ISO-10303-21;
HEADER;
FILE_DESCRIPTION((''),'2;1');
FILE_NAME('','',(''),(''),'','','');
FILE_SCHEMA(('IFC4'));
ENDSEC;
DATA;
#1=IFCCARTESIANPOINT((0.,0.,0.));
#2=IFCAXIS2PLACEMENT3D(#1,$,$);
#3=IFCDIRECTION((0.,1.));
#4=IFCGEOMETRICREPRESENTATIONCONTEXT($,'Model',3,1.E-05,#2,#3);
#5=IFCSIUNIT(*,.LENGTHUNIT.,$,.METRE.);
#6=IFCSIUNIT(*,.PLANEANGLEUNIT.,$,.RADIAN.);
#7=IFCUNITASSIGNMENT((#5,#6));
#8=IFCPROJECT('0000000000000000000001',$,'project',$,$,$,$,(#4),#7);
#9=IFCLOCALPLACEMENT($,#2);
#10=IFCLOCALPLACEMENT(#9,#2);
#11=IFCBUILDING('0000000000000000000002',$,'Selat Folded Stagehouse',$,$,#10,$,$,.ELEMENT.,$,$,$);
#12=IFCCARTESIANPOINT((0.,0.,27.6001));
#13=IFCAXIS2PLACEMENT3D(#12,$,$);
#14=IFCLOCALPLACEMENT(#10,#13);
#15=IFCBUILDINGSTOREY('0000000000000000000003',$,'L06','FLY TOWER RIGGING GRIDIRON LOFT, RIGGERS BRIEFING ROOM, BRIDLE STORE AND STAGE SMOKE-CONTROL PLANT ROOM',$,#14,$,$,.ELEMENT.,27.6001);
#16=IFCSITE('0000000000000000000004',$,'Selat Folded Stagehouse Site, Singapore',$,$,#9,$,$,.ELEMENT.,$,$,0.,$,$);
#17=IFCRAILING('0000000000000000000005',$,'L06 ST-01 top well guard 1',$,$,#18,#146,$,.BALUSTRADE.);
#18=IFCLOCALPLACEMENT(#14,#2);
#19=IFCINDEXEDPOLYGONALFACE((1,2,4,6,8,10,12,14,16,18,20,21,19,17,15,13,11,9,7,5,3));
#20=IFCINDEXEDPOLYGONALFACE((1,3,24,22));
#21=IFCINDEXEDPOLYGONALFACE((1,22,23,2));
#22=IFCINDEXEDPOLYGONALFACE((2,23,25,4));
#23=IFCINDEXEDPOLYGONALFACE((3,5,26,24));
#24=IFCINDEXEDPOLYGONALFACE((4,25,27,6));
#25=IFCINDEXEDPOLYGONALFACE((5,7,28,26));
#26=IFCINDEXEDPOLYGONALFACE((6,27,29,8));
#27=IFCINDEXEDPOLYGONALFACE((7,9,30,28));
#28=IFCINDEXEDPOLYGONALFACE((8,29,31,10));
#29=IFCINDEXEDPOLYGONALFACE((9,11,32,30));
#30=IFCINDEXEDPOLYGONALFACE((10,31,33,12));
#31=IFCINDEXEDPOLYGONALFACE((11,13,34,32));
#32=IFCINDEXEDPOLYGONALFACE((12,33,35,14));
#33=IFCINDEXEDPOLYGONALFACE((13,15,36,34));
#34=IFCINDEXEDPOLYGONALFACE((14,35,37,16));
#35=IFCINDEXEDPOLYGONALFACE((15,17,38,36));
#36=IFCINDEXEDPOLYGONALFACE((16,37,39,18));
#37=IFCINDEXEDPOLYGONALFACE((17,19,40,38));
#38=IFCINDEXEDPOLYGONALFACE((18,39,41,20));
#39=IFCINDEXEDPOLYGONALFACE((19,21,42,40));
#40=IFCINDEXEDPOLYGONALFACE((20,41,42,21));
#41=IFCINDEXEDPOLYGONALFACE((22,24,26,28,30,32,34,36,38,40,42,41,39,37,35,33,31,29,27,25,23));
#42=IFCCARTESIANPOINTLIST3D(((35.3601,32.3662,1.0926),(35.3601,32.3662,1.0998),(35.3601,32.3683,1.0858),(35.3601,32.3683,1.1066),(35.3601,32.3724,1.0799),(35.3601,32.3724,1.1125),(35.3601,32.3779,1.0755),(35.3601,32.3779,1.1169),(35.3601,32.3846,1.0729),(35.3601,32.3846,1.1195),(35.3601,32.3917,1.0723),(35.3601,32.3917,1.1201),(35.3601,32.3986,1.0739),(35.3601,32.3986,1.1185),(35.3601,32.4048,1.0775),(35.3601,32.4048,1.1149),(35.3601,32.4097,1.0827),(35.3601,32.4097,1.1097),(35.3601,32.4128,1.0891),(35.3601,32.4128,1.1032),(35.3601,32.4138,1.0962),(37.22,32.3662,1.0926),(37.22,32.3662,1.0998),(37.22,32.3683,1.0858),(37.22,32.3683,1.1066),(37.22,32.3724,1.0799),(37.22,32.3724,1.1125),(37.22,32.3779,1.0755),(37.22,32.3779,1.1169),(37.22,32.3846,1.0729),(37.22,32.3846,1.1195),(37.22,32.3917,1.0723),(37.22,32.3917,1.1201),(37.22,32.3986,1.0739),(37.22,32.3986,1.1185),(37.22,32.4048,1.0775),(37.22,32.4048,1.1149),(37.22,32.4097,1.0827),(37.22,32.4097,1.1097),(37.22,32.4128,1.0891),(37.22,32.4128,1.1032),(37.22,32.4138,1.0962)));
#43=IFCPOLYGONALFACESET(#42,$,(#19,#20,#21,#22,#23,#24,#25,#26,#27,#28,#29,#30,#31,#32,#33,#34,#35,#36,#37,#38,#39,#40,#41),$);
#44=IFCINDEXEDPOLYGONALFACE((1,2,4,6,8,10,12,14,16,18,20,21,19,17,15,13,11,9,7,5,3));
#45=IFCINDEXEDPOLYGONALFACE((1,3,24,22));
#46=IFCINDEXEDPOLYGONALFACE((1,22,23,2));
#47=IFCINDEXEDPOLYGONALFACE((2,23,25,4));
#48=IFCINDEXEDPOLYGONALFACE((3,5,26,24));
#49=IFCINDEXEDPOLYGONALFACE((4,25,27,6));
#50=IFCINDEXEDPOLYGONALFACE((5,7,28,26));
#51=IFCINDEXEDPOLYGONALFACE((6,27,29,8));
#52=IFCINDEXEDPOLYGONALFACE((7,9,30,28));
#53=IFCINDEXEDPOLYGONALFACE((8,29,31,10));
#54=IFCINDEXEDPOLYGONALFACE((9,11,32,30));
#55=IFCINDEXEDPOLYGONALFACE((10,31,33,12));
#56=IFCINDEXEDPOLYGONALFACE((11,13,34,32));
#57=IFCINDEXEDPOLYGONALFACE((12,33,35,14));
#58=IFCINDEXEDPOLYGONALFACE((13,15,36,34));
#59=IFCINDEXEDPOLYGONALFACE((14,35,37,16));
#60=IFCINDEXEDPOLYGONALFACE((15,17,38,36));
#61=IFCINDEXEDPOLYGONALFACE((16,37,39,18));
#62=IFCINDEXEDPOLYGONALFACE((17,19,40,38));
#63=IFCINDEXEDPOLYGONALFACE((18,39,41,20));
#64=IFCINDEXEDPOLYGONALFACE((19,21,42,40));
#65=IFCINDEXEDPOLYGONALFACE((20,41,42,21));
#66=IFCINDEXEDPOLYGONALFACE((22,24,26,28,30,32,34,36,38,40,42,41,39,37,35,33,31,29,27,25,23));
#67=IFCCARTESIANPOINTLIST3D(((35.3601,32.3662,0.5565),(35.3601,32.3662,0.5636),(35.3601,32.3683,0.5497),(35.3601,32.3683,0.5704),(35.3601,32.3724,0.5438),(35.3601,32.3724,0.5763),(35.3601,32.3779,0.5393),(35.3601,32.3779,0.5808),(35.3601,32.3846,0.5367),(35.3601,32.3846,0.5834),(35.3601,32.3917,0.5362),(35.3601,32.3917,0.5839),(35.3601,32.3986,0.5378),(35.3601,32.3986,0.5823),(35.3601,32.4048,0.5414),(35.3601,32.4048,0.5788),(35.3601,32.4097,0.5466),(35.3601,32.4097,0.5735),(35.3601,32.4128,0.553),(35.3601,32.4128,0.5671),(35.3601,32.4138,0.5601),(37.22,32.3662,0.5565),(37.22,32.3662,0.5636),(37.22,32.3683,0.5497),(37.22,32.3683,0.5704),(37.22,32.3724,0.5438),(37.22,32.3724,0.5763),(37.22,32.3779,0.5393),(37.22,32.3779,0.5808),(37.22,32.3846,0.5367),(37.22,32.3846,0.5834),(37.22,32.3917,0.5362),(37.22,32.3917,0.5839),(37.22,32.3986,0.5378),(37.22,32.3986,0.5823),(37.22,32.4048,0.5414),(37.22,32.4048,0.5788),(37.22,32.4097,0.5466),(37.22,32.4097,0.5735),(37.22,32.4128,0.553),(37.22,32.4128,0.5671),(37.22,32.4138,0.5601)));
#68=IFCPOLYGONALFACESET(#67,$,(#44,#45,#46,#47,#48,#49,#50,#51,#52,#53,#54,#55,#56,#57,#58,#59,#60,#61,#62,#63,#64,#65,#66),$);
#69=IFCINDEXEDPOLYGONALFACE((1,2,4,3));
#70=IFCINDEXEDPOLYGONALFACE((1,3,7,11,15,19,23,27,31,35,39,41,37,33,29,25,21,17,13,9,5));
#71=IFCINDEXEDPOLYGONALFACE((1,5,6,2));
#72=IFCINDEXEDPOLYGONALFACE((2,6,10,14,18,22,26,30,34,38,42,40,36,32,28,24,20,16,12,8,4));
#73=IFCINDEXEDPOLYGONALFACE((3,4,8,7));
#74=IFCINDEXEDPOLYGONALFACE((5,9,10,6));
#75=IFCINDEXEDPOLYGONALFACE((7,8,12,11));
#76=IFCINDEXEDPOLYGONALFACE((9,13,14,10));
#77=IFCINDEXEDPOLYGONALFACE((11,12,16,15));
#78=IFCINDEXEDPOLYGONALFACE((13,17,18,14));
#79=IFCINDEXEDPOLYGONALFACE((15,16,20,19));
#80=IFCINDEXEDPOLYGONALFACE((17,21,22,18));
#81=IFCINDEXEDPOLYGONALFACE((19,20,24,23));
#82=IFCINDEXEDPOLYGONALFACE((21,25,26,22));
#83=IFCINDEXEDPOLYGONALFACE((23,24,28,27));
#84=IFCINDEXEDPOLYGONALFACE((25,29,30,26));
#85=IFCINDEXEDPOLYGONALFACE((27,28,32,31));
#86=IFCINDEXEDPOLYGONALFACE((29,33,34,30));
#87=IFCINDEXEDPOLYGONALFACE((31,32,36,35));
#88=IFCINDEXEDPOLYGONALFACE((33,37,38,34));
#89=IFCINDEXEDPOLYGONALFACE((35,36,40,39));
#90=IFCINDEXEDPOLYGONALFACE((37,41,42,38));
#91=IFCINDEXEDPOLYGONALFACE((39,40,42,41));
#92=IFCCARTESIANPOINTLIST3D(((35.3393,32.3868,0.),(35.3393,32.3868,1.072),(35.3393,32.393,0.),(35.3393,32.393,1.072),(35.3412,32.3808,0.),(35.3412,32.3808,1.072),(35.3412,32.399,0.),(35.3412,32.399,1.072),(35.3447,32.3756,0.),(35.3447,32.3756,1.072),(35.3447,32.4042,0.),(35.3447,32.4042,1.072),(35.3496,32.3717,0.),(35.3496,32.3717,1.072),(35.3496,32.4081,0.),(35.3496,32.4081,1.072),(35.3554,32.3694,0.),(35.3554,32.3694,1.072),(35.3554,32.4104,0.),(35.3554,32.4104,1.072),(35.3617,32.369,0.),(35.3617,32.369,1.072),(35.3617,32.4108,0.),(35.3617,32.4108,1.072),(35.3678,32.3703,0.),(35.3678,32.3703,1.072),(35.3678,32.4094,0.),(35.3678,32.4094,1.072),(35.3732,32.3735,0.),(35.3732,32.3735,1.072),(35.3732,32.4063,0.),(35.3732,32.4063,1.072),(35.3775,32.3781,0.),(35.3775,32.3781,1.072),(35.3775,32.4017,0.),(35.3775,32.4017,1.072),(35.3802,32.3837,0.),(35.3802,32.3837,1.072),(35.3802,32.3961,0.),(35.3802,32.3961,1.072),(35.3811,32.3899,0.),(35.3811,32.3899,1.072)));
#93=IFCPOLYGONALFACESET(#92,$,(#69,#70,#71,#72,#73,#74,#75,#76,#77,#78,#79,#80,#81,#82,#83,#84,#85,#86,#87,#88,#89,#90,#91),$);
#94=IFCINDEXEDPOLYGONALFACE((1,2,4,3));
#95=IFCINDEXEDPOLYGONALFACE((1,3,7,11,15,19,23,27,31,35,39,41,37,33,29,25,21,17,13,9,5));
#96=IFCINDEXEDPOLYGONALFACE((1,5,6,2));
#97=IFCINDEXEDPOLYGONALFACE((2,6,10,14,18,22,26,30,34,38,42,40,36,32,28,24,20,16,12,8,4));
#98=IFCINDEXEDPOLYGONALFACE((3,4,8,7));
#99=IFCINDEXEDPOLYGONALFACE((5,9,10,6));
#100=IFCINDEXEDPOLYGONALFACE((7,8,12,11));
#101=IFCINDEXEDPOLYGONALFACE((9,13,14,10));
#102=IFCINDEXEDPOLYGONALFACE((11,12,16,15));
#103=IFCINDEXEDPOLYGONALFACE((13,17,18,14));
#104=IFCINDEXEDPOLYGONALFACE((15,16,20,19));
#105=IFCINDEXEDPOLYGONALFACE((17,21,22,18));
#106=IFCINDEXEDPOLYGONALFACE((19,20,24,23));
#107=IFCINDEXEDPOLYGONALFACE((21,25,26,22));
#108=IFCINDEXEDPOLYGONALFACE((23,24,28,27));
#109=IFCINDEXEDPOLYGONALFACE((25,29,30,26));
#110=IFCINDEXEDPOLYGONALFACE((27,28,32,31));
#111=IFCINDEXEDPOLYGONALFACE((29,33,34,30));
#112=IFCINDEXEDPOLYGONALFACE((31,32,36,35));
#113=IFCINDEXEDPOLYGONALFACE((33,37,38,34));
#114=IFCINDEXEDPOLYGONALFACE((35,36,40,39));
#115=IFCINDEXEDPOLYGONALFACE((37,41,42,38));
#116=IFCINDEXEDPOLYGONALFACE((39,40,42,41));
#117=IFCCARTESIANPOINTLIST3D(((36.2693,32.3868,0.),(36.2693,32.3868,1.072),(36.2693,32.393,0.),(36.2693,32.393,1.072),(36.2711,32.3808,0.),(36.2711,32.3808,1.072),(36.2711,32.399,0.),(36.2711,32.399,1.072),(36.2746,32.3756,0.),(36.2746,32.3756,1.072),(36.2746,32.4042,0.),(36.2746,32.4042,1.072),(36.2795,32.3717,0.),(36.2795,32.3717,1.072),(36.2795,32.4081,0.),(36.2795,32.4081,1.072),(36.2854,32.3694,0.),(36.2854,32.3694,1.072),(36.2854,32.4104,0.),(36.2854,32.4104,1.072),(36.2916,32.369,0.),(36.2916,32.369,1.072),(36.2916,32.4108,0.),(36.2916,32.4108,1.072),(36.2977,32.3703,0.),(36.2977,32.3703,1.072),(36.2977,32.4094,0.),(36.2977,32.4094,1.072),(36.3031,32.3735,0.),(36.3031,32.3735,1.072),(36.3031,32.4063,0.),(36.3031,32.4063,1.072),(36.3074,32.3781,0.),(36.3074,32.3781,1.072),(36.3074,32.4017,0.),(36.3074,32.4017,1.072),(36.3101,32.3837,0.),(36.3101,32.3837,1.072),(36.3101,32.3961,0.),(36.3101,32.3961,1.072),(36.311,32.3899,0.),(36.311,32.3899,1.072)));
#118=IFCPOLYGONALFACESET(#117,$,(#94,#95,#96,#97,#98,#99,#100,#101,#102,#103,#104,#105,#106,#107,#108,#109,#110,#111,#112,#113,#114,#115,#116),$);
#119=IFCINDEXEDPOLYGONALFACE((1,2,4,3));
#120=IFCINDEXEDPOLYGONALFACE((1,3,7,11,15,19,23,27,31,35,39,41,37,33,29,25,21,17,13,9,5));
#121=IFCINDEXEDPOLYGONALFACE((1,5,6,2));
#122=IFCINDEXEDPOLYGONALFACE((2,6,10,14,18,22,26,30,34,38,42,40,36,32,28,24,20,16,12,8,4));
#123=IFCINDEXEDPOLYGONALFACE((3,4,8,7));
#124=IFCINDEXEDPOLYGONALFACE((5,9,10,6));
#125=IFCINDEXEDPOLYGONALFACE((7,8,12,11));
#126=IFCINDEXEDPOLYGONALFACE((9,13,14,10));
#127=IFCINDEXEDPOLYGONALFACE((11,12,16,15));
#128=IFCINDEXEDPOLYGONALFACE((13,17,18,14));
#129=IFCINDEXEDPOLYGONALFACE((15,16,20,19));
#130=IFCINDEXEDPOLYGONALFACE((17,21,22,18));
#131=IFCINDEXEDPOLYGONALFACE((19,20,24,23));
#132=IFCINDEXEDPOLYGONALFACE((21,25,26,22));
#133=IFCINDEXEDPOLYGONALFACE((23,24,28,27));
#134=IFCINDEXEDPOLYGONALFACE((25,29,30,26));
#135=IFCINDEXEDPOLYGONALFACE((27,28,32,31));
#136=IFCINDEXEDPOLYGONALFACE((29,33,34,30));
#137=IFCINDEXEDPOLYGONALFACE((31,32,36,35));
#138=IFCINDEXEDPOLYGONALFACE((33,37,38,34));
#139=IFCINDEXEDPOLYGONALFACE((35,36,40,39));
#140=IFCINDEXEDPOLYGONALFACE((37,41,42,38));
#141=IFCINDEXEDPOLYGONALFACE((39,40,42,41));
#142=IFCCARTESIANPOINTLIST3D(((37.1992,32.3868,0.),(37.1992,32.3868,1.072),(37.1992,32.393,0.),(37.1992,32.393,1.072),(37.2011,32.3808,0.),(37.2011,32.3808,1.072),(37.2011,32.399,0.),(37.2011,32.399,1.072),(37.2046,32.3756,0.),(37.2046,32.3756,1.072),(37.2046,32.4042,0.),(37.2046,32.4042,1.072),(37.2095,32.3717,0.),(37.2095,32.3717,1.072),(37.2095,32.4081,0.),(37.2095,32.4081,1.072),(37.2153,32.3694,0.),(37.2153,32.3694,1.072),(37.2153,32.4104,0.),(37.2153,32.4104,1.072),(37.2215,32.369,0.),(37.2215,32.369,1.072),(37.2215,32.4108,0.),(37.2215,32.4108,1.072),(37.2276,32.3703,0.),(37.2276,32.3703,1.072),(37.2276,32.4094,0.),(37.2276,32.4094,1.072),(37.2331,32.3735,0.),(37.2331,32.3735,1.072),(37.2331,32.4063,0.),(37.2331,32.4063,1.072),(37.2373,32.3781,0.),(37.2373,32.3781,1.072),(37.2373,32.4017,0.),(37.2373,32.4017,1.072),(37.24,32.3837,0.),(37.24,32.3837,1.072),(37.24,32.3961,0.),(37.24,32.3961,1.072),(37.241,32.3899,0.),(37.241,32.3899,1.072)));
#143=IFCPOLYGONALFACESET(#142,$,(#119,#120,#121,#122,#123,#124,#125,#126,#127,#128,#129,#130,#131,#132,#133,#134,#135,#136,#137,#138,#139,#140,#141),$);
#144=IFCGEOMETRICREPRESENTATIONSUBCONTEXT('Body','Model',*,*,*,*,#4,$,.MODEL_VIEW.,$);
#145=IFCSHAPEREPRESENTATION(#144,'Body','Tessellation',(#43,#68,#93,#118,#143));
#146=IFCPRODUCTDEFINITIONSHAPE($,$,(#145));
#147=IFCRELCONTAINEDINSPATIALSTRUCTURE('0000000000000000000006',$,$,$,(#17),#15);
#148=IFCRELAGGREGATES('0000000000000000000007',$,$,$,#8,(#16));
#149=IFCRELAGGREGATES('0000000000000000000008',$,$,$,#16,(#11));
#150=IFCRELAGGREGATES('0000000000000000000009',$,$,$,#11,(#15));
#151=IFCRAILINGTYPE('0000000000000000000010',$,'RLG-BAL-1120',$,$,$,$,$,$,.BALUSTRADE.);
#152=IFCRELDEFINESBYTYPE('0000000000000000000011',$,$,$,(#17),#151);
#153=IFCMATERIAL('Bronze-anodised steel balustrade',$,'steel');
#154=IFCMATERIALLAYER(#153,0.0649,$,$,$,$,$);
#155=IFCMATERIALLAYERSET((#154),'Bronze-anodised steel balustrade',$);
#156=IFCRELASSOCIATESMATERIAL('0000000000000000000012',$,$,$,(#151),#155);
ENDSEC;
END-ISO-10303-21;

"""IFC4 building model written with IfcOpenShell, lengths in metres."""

from ifc_helpers import new_model, si_unit, direction, frame, origin, origin_2d, place, context, subcontext, project, spatial, circle, extrude, material, layer, layer_set, type_object, element, save


model = new_model("IFC4")

# Units and contexts
model_context = context("Model", 3, precision=1e-05, world=origin(), true_north=direction((0.0, 1.0)))
body_context = subcontext(model_context, "Body", "Model", "MODEL_VIEW")
ifc_project = project(units=[si_unit("LENGTHUNIT", "METRE"), si_unit("PLANEANGLEUNIT", "RADIAN")], contexts=[model_context])

# Site, building, storey
site_placement = place(None, origin())
site = spatial("IfcSite", under=ifc_project, at=site_placement, Name="Selat Folded Stagehouse Site, Singapore", CompositionType="ELEMENT", RefElevation=0.0)
building_placement = place(site_placement, origin())
building = spatial("IfcBuilding", under=site, at=building_placement, Name="Selat Folded Stagehouse", CompositionType="ELEMENT")
storey_placement = place(building_placement, frame((0.0, 0.0, 27.6001)))
storey = spatial("IfcBuildingStorey", under=building, at=storey_placement, Name="L06", Description="FLY TOWER RIGGING GRIDIRON LOFT, RIGGERS BRIEFING ROOM, BRIDLE STORE AND STAGE SMOKE-CONTROL PLANT ROOM", CompositionType="ELEMENT", Elevation=27.6001)

# Railing
ifc_material_1 = material(Name="Bronze-anodised steel balustrade", Category="steel")
ifc_layer_1 = layer(ifc_material_1, 0.0649)
ifc_layer_set_1 = layer_set([ifc_layer_1], Name="Bronze-anodised steel balustrade")
railing_type = type_object("IfcRailingType", Name="RLG-BAL-1120", PredefinedType="BALUSTRADE", material=ifc_layer_set_1)
railing_placement = place(storey_placement, frame((35.3601, 32.3899, 0.0)))
element("IfcRailing", 1, at=railing_placement, inside=storey, type_object=railing_type, Name="L06 ST-01 top well guard 1", PredefinedType="BALUSTRADE", context=body_context, shape_type="SweptSolid", body=[
    extrude(circle(Radius=0.0239, at=origin_2d()), frame((0.0, 0.0, 1.0962), z_axis=(1.0, 0.0, 0.0), x_axis=(0.0, 1.0, 0.0)), (0.0, 0.0, 1.0), 1.8599),
    extrude(circle(Radius=0.0239, at=origin_2d()), frame((0.0, 0.0, 0.5601), z_axis=(1.0, 0.0, 0.0), x_axis=(0.0, 1.0, 0.0)), (0.0, 0.0, 1.0), 1.8599),
    extrude(circle(Radius=0.021, at=origin_2d()), origin(), (0.0, 0.0, 1.0), 1.072),
    extrude(circle(Radius=0.021, at=origin_2d()), frame((0.9299, 0.0, 0.0)), (0.0, 0.0, 1.0), 1.072),
    extrude(circle(Radius=0.021, at=origin_2d()), frame((1.8599, 0.0, 0.0)), (0.0, 0.0, 1.0), 1.072),
])

save(model, "model.ifc")
